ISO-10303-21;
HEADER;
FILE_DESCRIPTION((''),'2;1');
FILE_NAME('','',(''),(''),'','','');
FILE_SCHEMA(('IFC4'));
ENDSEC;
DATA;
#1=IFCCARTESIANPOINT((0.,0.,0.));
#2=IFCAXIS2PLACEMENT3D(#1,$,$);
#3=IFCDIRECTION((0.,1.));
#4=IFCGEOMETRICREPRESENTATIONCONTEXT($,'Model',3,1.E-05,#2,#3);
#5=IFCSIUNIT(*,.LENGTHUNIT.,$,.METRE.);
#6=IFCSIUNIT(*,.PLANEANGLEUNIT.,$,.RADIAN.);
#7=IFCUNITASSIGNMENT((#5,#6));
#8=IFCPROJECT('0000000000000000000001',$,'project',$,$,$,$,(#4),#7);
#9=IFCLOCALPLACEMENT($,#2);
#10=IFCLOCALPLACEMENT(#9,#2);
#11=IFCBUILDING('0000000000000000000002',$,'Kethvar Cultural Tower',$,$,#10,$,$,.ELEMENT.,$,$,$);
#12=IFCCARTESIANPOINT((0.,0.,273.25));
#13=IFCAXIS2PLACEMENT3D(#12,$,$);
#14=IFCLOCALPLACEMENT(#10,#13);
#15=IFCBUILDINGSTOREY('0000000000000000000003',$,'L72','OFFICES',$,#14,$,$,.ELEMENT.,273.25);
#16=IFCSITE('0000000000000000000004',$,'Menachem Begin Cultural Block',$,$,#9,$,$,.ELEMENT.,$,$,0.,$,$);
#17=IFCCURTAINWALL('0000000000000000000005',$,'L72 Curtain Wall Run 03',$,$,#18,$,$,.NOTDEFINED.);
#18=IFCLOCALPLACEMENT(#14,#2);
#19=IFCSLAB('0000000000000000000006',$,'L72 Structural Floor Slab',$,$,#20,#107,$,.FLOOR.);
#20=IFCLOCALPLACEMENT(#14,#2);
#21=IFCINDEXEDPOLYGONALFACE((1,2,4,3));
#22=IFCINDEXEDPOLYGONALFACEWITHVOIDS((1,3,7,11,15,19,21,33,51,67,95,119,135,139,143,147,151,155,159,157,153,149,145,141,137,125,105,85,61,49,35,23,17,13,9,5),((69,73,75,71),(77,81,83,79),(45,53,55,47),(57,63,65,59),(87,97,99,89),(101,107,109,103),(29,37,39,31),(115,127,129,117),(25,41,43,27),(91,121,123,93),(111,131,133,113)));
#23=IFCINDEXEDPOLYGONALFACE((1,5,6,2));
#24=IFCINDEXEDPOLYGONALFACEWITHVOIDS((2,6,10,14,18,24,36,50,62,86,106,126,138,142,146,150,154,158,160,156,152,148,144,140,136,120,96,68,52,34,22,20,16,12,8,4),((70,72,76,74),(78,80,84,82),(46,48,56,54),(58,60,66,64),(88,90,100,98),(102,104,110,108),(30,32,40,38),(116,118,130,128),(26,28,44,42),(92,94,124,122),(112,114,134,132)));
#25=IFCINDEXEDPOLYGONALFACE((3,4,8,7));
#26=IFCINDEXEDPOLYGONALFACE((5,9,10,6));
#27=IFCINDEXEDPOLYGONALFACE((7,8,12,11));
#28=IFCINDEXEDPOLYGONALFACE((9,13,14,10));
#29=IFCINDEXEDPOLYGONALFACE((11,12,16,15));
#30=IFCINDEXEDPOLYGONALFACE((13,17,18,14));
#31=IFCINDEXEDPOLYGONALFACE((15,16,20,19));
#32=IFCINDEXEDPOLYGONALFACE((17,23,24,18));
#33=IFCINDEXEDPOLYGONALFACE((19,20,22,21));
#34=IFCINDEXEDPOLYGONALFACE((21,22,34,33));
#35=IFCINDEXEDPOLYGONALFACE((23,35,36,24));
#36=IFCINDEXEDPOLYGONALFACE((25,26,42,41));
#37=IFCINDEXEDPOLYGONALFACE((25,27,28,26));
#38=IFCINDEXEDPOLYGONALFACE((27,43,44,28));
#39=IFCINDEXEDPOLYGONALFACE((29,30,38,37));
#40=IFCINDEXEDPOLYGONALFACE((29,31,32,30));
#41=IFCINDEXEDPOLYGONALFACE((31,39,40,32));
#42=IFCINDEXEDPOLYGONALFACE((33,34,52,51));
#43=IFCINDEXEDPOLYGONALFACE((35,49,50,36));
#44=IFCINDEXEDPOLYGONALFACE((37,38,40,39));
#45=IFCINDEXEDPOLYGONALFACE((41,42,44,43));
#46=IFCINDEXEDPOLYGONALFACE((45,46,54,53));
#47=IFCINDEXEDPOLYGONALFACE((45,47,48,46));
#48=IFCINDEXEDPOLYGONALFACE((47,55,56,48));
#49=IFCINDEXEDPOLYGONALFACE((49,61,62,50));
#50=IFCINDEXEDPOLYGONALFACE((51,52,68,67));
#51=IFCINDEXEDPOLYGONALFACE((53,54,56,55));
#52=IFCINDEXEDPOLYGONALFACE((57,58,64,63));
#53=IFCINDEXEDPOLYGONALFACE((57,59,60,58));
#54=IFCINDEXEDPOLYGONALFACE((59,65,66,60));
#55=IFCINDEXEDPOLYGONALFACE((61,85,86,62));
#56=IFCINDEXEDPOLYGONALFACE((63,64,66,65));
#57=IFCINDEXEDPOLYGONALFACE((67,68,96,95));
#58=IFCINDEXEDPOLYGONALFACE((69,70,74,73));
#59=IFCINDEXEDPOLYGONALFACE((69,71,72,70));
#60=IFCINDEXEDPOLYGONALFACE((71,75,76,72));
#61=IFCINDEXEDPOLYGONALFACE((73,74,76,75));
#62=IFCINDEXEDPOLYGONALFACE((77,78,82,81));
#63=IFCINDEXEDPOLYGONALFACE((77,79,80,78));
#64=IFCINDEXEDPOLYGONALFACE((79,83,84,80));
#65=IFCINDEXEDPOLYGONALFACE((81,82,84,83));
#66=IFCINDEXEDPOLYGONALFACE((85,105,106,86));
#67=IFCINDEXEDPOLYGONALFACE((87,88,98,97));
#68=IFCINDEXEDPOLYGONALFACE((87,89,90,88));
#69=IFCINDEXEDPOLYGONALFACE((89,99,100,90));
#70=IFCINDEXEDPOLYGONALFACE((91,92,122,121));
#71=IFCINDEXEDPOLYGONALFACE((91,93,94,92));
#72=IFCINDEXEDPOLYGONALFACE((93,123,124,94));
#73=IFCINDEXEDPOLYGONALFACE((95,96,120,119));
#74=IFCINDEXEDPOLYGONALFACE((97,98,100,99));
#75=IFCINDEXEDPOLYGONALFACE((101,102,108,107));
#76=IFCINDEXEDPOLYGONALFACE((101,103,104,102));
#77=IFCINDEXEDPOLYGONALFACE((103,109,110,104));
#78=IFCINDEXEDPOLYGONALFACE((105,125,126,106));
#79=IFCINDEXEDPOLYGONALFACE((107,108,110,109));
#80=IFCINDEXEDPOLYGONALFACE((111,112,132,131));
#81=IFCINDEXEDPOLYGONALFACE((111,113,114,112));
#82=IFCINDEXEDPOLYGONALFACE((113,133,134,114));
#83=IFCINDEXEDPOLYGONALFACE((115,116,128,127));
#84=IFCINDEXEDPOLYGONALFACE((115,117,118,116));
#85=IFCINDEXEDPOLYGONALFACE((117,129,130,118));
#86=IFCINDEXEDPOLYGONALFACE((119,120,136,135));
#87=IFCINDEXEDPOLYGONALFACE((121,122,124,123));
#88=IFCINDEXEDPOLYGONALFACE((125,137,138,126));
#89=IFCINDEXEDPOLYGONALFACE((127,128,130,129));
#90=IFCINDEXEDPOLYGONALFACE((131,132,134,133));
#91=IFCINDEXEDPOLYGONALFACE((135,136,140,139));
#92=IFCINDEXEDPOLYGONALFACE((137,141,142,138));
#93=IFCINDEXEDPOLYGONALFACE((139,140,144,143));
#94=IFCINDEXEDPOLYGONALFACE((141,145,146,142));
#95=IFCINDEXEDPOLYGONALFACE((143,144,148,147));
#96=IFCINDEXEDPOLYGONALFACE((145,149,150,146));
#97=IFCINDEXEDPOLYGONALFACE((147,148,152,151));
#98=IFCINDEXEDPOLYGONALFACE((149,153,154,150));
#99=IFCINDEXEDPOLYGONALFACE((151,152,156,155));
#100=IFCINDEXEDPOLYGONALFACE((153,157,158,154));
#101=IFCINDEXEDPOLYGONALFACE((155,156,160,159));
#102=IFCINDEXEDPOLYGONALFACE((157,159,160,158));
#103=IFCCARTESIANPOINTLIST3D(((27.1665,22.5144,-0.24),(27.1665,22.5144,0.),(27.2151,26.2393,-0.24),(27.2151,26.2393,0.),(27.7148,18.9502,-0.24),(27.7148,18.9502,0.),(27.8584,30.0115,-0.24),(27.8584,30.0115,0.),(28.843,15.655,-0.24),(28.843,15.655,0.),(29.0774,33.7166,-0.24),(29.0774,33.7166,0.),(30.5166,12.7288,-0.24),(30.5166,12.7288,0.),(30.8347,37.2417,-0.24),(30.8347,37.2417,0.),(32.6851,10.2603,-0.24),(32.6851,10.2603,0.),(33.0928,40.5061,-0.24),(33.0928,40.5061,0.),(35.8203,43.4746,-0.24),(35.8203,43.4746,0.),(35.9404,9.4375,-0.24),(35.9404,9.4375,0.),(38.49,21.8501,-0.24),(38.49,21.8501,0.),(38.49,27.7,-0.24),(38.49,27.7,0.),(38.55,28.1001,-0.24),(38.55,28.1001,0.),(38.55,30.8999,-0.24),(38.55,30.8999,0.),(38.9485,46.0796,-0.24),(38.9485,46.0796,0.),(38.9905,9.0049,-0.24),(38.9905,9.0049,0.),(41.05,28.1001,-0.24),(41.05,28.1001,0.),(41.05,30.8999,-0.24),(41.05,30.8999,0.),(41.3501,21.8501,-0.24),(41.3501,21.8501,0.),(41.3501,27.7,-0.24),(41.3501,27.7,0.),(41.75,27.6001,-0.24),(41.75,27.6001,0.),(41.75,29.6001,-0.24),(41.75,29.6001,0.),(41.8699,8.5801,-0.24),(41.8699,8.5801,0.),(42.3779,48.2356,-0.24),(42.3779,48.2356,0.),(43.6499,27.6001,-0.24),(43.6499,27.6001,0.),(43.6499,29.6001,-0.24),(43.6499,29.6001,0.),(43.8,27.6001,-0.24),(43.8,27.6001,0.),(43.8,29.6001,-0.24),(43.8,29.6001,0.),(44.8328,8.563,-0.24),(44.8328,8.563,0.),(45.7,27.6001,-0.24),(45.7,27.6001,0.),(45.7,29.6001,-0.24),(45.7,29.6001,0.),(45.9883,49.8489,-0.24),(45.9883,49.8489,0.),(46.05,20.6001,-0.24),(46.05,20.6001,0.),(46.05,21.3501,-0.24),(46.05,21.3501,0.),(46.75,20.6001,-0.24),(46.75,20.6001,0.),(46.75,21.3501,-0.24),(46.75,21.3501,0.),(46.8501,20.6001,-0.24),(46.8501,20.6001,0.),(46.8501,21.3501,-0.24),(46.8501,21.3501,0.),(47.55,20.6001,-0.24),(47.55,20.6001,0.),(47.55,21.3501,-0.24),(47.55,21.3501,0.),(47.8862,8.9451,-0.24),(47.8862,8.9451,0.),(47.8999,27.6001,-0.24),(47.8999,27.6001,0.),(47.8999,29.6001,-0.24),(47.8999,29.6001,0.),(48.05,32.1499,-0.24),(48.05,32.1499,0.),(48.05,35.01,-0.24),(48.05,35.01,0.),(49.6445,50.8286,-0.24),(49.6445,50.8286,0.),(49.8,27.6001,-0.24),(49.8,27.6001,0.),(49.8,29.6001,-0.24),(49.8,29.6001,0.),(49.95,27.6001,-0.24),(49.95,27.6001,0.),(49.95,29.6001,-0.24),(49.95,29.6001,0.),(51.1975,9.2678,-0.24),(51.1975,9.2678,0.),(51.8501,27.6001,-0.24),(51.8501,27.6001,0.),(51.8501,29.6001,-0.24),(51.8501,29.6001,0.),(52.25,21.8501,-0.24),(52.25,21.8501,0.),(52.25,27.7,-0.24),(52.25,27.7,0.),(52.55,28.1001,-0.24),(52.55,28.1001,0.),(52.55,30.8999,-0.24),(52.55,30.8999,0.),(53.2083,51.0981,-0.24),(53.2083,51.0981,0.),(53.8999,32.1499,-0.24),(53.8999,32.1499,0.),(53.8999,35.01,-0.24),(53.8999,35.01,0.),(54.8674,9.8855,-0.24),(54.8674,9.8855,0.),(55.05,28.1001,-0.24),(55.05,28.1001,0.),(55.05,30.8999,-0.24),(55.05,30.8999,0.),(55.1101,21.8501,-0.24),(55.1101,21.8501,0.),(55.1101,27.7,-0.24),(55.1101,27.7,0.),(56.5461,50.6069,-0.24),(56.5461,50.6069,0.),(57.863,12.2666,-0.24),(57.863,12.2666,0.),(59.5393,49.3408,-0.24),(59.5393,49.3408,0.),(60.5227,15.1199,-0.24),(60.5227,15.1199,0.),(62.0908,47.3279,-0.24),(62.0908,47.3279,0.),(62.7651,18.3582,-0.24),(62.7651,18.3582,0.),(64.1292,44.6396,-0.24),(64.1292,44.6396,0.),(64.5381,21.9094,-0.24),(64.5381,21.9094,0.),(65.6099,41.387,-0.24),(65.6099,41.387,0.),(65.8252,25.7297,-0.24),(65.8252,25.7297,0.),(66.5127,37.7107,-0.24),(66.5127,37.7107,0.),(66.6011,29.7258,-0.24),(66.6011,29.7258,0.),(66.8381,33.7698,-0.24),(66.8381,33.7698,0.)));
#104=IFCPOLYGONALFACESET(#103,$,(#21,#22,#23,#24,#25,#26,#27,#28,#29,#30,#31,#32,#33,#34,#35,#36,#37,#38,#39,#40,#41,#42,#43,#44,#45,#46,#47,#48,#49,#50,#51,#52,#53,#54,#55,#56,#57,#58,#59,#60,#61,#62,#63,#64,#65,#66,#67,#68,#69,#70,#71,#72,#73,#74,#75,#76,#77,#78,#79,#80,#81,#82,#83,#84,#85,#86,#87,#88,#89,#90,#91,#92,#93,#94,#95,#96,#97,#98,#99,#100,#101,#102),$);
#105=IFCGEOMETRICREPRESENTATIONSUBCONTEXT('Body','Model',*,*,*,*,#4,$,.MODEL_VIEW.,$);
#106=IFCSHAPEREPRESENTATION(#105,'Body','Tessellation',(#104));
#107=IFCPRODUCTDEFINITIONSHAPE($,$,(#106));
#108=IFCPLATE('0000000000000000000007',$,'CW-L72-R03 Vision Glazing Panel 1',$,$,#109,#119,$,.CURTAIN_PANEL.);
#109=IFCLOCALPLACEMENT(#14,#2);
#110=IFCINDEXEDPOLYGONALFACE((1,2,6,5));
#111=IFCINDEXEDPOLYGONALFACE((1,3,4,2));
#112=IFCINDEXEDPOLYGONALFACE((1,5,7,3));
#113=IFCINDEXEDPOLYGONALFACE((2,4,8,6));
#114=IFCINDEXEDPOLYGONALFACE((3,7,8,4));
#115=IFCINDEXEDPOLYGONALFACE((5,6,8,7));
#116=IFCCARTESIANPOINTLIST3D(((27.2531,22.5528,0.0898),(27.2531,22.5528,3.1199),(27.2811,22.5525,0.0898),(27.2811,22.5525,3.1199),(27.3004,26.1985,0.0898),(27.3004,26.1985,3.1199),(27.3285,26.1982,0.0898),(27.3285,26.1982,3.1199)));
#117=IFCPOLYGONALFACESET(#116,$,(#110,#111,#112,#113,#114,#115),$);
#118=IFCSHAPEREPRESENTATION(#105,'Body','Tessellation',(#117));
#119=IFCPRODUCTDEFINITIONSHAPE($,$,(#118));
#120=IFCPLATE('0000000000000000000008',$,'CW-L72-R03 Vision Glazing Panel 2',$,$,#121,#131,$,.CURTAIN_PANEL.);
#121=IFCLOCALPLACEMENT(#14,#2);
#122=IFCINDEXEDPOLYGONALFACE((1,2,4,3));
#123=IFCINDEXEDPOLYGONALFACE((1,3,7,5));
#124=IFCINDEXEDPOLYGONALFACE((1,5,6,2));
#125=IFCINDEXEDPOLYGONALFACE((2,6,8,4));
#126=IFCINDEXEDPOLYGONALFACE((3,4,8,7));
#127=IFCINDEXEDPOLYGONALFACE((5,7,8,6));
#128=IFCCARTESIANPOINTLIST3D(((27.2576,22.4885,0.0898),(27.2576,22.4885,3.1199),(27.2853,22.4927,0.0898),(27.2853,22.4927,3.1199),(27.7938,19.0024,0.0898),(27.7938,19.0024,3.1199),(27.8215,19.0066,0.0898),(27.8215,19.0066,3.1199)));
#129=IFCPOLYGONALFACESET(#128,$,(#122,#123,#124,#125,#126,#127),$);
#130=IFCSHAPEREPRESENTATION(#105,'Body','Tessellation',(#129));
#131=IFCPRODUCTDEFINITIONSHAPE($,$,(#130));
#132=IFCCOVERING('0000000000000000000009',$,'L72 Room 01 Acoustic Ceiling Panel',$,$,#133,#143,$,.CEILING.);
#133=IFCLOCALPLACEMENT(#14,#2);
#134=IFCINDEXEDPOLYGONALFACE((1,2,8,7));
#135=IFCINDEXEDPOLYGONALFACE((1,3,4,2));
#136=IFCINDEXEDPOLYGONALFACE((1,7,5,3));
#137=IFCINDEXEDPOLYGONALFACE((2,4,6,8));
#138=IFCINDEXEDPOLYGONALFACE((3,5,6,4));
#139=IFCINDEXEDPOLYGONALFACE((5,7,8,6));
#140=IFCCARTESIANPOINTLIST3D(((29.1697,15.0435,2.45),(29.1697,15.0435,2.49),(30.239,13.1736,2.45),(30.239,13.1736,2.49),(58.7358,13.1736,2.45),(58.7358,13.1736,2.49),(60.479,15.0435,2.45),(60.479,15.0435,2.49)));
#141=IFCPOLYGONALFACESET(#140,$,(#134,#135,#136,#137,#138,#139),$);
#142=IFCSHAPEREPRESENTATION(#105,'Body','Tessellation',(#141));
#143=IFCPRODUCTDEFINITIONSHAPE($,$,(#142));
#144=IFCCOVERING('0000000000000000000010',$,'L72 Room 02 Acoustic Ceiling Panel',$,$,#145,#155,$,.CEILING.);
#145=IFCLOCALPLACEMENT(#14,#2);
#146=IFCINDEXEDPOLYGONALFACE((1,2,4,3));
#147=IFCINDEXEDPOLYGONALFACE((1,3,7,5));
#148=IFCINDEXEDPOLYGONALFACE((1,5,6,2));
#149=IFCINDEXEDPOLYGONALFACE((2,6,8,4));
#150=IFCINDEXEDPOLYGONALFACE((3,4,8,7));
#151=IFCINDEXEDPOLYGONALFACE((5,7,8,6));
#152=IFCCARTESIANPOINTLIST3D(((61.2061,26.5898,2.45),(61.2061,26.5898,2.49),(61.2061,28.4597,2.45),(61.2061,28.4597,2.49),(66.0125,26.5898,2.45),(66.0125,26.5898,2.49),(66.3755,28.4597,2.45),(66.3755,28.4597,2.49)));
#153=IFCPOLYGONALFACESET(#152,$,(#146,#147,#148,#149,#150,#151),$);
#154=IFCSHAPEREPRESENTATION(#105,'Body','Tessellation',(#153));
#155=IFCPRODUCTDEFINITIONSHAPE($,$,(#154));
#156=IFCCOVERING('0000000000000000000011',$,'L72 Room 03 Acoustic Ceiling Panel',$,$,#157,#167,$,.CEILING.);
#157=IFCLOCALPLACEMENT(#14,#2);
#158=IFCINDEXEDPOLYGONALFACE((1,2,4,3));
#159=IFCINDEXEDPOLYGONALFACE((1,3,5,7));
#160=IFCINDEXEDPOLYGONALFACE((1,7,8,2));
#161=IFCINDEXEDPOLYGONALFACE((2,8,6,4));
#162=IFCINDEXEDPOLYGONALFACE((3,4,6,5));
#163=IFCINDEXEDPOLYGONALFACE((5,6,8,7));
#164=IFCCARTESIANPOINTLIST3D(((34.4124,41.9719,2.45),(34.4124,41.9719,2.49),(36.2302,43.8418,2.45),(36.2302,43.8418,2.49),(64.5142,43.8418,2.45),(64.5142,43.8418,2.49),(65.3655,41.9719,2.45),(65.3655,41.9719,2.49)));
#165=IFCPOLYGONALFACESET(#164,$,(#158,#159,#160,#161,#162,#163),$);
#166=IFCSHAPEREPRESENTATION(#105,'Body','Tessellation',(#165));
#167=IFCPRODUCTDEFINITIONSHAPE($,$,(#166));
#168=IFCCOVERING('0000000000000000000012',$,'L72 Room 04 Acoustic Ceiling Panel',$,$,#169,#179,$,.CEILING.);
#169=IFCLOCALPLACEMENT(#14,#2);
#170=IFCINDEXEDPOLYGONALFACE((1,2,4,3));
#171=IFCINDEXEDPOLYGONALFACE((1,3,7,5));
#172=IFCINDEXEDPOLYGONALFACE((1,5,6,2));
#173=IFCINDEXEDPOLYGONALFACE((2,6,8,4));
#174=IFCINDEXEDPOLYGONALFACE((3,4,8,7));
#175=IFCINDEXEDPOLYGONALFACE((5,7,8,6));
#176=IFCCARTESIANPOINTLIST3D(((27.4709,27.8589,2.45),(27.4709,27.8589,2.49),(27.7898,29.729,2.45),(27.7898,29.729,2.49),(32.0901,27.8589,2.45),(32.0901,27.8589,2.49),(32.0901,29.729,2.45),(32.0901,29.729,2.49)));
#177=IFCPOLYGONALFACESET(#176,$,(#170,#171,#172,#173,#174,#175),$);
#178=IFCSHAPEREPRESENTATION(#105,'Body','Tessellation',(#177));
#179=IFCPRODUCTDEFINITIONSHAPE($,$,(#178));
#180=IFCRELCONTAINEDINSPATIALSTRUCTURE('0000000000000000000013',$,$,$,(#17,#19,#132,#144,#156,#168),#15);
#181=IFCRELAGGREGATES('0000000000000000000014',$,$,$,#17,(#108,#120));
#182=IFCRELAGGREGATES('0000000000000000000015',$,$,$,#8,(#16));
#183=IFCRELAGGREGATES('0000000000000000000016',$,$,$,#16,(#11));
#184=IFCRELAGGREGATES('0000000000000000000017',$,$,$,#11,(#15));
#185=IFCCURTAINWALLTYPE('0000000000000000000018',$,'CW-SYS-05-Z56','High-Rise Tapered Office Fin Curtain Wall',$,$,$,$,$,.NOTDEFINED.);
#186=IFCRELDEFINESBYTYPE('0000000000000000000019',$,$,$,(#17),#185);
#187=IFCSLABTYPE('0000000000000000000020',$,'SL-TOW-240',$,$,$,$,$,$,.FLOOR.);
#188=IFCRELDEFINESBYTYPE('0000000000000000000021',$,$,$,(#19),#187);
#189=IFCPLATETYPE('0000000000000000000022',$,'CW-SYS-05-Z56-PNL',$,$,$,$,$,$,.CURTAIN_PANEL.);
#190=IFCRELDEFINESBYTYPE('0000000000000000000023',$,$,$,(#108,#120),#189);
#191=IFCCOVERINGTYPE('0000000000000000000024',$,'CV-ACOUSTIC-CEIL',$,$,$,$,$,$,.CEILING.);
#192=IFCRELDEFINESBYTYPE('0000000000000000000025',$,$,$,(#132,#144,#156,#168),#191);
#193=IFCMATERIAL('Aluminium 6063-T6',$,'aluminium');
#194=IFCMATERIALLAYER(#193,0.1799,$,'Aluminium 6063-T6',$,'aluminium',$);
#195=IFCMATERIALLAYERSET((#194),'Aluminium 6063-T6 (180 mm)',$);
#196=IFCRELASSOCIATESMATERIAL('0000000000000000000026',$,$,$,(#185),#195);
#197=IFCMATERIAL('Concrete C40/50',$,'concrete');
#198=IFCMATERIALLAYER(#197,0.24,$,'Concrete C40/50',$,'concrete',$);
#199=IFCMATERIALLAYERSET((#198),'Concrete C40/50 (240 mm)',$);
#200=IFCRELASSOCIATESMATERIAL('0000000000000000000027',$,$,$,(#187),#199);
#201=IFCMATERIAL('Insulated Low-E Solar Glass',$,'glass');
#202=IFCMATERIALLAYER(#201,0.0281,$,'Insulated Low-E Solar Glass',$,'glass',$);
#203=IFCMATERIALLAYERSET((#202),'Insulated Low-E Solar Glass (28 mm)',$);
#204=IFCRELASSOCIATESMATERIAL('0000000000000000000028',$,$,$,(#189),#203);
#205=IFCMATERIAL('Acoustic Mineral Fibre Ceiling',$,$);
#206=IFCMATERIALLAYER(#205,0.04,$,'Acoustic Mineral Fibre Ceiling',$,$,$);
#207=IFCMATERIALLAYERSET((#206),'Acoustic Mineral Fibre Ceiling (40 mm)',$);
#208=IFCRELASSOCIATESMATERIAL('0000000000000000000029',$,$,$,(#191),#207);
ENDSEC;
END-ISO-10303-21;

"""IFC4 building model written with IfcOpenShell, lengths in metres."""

from ifc_helpers import new_model, si_unit, direction, frame, origin, origin_2d, place, context, subcontext, project, spatial, polyline, rectangle, outline, extrude, source, transform, mapped, material, layer, layer_set, type_object, element, aggregate, save


model = new_model("IFC4")

# Units and contexts
model_context = context("Model", 3, precision=1e-05, world=origin(), true_north=direction((0.0, 1.0)))
body_context = subcontext(model_context, "Body", "Model", "MODEL_VIEW")
ifc_project = project(units=[si_unit("LENGTHUNIT", "METRE"), si_unit("PLANEANGLEUNIT", "RADIAN")], contexts=[model_context])

# Site, building, storey
site_placement = place(None, origin())
site = spatial("IfcSite", under=ifc_project, at=site_placement, Name="Menachem Begin Cultural Block", CompositionType="ELEMENT", RefElevation=0.0)
building_placement = place(site_placement, origin())
building = spatial("IfcBuilding", under=site, at=building_placement, Name="Kethvar Cultural Tower", CompositionType="ELEMENT")
storey_placement = place(building_placement, frame((0.0, 0.0, 273.25)))
storey = spatial("IfcBuildingStorey", under=building, at=storey_placement, Name="L72", Description="OFFICES", CompositionType="ELEMENT", Elevation=273.25)

# Curtain wall
ifc_material_1 = material(Name="Aluminium 6063-T6", Category="aluminium")
ifc_layer_1 = layer(ifc_material_1, 0.1799, Name="Aluminium 6063-T6", Category="aluminium")
ifc_layer_set_1 = layer_set([ifc_layer_1], Name="Aluminium 6063-T6 (180 mm)")
curtain_wall_type = type_object("IfcCurtainWallType", Name="CW-SYS-05-Z56", Description="High-Rise Tapered Office Fin Curtain Wall", PredefinedType="NOTDEFINED", material=ifc_layer_set_1)
curtain_wall_placement = place(storey_placement, origin())
curtain_wall = element("IfcCurtainWall", 1, at=curtain_wall_placement, inside=storey, type_object=curtain_wall_type, Name="L72 Curtain Wall Run 03", PredefinedType="NOTDEFINED")

# Shared definitions
ifc_material_2 = material(Name="Concrete C40/50", Category="concrete")

# Slab
ifc_layer_2 = layer(ifc_material_2, 0.24, Name="Concrete C40/50", Category="concrete")
ifc_layer_set_2 = layer_set([ifc_layer_2], Name="Concrete C40/50 (240 mm)")
slab_type_1 = type_object("IfcSlabType", Name="SL-TOW-240", PredefinedType="FLOOR", material=ifc_layer_set_2)
slab_1_placement = place(storey_placement, frame((0.0, 0.0, -0.24)))
element("IfcSlab", 2, at=slab_1_placement, inside=storey, type_object=slab_type_1, Name="L72 Structural Floor Slab", PredefinedType="FLOOR", context=body_context, shape_type="SweptSolid", body=[
    extrude(outline(polyline([(59.5393, 49.3408), (56.5461, 50.6069), (53.2083, 51.0981), (49.6445, 50.8286), (45.9883, 49.8489), (42.3779, 48.2356), (38.9485, 46.0796), (35.8203, 43.4746), (33.0928, 40.5061), (30.8347, 37.2417), (29.0774, 33.7166), (27.8584, 30.0115), (27.2151, 26.2393), (27.1665, 22.5144), (27.7148, 18.9502), (28.843, 15.655), (30.5166, 12.7288), (32.6851, 10.2603), (35.9404, 9.4375), (38.9905, 9.0049), (41.8699, 8.5801), (44.8328, 8.563), (47.8862, 8.9451), (51.1975, 9.2678), (54.8674, 9.8855), (57.863, 12.2666), (60.5227, 15.1199), (62.7651, 18.3582), (64.5381, 21.9094), (65.8252, 25.7297), (66.6011, 29.7258), (66.8381, 33.7698), (66.5127, 37.7107), (65.6099, 41.387), (64.1292, 44.6396), (62.0908, 47.3279), (59.5393, 49.3408)]), holes=[polyline([(38.49, 21.8501), (38.49, 27.7), (41.3501, 27.7), (41.3501, 21.8501), (38.49, 21.8501)]), polyline([(52.25, 21.8501), (52.25, 27.7), (55.1101, 27.7), (55.1101, 21.8501), (52.25, 21.8501)]), polyline([(53.8999, 32.1499), (48.05, 32.1499), (48.05, 35.01), (53.8999, 35.01), (53.8999, 32.1499)]), polyline([(41.75, 29.6001), (43.6499, 29.6001), (43.6499, 27.6001), (41.75, 27.6001), (41.75, 29.6001)]), polyline([(43.8, 29.6001), (45.7, 29.6001), (45.7, 27.6001), (43.8, 27.6001), (43.8, 29.6001)]), polyline([(47.8999, 29.6001), (49.8, 29.6001), (49.8, 27.6001), (47.8999, 27.6001), (47.8999, 29.6001)]), polyline([(49.95, 29.6001), (51.8501, 29.6001), (51.8501, 27.6001), (49.95, 27.6001), (49.95, 29.6001)]), polyline([(38.55, 30.8999), (41.05, 30.8999), (41.05, 28.1001), (38.55, 28.1001), (38.55, 30.8999)]), polyline([(52.55, 30.8999), (55.05, 30.8999), (55.05, 28.1001), (52.55, 28.1001), (52.55, 30.8999)]), polyline([(46.05, 21.3501), (46.75, 21.3501), (46.75, 20.6001), (46.05, 20.6001), (46.05, 21.3501)]), polyline([(46.8501, 21.3501), (47.55, 21.3501), (47.55, 20.6001), (46.8501, 20.6001), (46.8501, 21.3501)])]), origin(), (0.0, 0.0, 1.0), 0.24),
])

# Plates
ifc_material_3 = material(Name="Insulated Low-E Solar Glass", Category="glass")
ifc_layer_3 = layer(ifc_material_3, 0.0281, Name="Insulated Low-E Solar Glass", Category="glass")
ifc_layer_set_3 = layer_set([ifc_layer_3], Name="Insulated Low-E Solar Glass (28 mm)")
plate_type = type_object("IfcPlateType", Name="CW-SYS-05-Z56-PNL", PredefinedType="CURTAIN_PANEL", material=ifc_layer_set_3)
shared_shape_1 = source(origin(), body_context, "Body", "SweptSolid", [
    extrude(rectangle(XDim=3.646, YDim=0.0281, at=origin_2d()), origin(), (0.0, 0.0, 1.0), 3.03),
])
plate_1_placement = place(storey_placement, frame((27.2908, 24.3755, 0.0898), z_axis=(0.0, 0.0, 1.0), x_axis=(-0.012985, -0.999916, 0.0)))
plate_1 = element("IfcPlate", 3, at=plate_1_placement, type_object=plate_type, Name="CW-L72-R03 Vision Glazing Panel 1", PredefinedType="CURTAIN_PANEL", context=body_context, shape_type="MappedRepresentation", body=[
    mapped(shared_shape_1, transform((0.0, 0.0, 0.0), scale=1.0)),
])
shared_shape_2 = source(origin(), body_context, "Body", "SweptSolid", [
    extrude(rectangle(XDim=3.5271, YDim=0.0281, at=origin_2d()), origin(), (0.0, 0.0, 1.0), 3.03),
])
plate_2_placement = place(storey_placement, frame((27.5396, 20.7476, 0.0898), z_axis=(0.0, 0.0, 1.0), x_axis=(0.15202, -0.988377, 0.0)))
plate_2 = element("IfcPlate", 4, at=plate_2_placement, type_object=plate_type, Name="CW-L72-R03 Vision Glazing Panel 2", PredefinedType="CURTAIN_PANEL", context=body_context, shape_type="MappedRepresentation", body=[
    mapped(shared_shape_2, transform((0.0, 0.0, 0.0), scale=1.0)),
])
aggregate(curtain_wall, [plate_1, plate_2])

# Coverings
ifc_material_4 = material(Name="Acoustic Mineral Fibre Ceiling")
ifc_layer_4 = layer(ifc_material_4, 0.04, Name="Acoustic Mineral Fibre Ceiling")
ifc_layer_set_4 = layer_set([ifc_layer_4], Name="Acoustic Mineral Fibre Ceiling (40 mm)")
covering_type_1 = type_object("IfcCoveringType", Name="CV-ACOUSTIC-CEIL", PredefinedType="CEILING", material=ifc_layer_set_4)
covering_1_placement = place(storey_placement, frame((0.0, 0.0, 2.45)))
element("IfcCovering", 5, at=covering_1_placement, inside=storey, type_object=covering_type_1, Name="L72 Room 01 Acoustic Ceiling Panel", PredefinedType="CEILING", context=body_context, shape_type="SweptSolid", body=[
    extrude(outline(polyline([(58.7358, 13.1736), (30.239, 13.1736), (29.1697, 15.0435), (60.479, 15.0435), (58.7358, 13.1736)])), origin(), (0.0, 0.0, 1.0), 0.04),
])
covering_2_placement = place(storey_placement, frame((0.0, 0.0, 2.45)))
element("IfcCovering", 6, at=covering_2_placement, inside=storey, type_object=covering_type_1, Name="L72 Room 02 Acoustic Ceiling Panel", PredefinedType="CEILING", context=body_context, shape_type="SweptSolid", body=[
    extrude(outline(polyline([(66.0125, 26.5898), (61.2061, 26.5898), (61.2061, 28.4597), (66.3755, 28.4597), (66.0125, 26.5898)])), origin(), (0.0, 0.0, 1.0), 0.04),
])
covering_3_placement = place(storey_placement, frame((0.0, 0.0, 2.45)))
element("IfcCovering", 7, at=covering_3_placement, inside=storey, type_object=covering_type_1, Name="L72 Room 03 Acoustic Ceiling Panel", PredefinedType="CEILING", context=body_context, shape_type="SweptSolid", body=[
    extrude(outline(polyline([(65.3655, 41.9719), (34.4124, 41.9719), (36.2302, 43.8418), (64.5142, 43.8418), (65.3655, 41.9719)])), origin(), (0.0, 0.0, 1.0), 0.04),
])
covering_4_placement = place(storey_placement, frame((0.0, 0.0, 2.45)))
element("IfcCovering", 8, at=covering_4_placement, inside=storey, type_object=covering_type_1, Name="L72 Room 04 Acoustic Ceiling Panel", PredefinedType="CEILING", context=body_context, shape_type="SweptSolid", body=[
    extrude(outline(polyline([(27.7898, 29.729), (32.0901, 29.729), (32.0901, 27.8589), (27.4709, 27.8589), (27.7898, 29.729)])), origin(), (0.0, 0.0, 1.0), 0.04),
])

save(model, "model.ifc")
